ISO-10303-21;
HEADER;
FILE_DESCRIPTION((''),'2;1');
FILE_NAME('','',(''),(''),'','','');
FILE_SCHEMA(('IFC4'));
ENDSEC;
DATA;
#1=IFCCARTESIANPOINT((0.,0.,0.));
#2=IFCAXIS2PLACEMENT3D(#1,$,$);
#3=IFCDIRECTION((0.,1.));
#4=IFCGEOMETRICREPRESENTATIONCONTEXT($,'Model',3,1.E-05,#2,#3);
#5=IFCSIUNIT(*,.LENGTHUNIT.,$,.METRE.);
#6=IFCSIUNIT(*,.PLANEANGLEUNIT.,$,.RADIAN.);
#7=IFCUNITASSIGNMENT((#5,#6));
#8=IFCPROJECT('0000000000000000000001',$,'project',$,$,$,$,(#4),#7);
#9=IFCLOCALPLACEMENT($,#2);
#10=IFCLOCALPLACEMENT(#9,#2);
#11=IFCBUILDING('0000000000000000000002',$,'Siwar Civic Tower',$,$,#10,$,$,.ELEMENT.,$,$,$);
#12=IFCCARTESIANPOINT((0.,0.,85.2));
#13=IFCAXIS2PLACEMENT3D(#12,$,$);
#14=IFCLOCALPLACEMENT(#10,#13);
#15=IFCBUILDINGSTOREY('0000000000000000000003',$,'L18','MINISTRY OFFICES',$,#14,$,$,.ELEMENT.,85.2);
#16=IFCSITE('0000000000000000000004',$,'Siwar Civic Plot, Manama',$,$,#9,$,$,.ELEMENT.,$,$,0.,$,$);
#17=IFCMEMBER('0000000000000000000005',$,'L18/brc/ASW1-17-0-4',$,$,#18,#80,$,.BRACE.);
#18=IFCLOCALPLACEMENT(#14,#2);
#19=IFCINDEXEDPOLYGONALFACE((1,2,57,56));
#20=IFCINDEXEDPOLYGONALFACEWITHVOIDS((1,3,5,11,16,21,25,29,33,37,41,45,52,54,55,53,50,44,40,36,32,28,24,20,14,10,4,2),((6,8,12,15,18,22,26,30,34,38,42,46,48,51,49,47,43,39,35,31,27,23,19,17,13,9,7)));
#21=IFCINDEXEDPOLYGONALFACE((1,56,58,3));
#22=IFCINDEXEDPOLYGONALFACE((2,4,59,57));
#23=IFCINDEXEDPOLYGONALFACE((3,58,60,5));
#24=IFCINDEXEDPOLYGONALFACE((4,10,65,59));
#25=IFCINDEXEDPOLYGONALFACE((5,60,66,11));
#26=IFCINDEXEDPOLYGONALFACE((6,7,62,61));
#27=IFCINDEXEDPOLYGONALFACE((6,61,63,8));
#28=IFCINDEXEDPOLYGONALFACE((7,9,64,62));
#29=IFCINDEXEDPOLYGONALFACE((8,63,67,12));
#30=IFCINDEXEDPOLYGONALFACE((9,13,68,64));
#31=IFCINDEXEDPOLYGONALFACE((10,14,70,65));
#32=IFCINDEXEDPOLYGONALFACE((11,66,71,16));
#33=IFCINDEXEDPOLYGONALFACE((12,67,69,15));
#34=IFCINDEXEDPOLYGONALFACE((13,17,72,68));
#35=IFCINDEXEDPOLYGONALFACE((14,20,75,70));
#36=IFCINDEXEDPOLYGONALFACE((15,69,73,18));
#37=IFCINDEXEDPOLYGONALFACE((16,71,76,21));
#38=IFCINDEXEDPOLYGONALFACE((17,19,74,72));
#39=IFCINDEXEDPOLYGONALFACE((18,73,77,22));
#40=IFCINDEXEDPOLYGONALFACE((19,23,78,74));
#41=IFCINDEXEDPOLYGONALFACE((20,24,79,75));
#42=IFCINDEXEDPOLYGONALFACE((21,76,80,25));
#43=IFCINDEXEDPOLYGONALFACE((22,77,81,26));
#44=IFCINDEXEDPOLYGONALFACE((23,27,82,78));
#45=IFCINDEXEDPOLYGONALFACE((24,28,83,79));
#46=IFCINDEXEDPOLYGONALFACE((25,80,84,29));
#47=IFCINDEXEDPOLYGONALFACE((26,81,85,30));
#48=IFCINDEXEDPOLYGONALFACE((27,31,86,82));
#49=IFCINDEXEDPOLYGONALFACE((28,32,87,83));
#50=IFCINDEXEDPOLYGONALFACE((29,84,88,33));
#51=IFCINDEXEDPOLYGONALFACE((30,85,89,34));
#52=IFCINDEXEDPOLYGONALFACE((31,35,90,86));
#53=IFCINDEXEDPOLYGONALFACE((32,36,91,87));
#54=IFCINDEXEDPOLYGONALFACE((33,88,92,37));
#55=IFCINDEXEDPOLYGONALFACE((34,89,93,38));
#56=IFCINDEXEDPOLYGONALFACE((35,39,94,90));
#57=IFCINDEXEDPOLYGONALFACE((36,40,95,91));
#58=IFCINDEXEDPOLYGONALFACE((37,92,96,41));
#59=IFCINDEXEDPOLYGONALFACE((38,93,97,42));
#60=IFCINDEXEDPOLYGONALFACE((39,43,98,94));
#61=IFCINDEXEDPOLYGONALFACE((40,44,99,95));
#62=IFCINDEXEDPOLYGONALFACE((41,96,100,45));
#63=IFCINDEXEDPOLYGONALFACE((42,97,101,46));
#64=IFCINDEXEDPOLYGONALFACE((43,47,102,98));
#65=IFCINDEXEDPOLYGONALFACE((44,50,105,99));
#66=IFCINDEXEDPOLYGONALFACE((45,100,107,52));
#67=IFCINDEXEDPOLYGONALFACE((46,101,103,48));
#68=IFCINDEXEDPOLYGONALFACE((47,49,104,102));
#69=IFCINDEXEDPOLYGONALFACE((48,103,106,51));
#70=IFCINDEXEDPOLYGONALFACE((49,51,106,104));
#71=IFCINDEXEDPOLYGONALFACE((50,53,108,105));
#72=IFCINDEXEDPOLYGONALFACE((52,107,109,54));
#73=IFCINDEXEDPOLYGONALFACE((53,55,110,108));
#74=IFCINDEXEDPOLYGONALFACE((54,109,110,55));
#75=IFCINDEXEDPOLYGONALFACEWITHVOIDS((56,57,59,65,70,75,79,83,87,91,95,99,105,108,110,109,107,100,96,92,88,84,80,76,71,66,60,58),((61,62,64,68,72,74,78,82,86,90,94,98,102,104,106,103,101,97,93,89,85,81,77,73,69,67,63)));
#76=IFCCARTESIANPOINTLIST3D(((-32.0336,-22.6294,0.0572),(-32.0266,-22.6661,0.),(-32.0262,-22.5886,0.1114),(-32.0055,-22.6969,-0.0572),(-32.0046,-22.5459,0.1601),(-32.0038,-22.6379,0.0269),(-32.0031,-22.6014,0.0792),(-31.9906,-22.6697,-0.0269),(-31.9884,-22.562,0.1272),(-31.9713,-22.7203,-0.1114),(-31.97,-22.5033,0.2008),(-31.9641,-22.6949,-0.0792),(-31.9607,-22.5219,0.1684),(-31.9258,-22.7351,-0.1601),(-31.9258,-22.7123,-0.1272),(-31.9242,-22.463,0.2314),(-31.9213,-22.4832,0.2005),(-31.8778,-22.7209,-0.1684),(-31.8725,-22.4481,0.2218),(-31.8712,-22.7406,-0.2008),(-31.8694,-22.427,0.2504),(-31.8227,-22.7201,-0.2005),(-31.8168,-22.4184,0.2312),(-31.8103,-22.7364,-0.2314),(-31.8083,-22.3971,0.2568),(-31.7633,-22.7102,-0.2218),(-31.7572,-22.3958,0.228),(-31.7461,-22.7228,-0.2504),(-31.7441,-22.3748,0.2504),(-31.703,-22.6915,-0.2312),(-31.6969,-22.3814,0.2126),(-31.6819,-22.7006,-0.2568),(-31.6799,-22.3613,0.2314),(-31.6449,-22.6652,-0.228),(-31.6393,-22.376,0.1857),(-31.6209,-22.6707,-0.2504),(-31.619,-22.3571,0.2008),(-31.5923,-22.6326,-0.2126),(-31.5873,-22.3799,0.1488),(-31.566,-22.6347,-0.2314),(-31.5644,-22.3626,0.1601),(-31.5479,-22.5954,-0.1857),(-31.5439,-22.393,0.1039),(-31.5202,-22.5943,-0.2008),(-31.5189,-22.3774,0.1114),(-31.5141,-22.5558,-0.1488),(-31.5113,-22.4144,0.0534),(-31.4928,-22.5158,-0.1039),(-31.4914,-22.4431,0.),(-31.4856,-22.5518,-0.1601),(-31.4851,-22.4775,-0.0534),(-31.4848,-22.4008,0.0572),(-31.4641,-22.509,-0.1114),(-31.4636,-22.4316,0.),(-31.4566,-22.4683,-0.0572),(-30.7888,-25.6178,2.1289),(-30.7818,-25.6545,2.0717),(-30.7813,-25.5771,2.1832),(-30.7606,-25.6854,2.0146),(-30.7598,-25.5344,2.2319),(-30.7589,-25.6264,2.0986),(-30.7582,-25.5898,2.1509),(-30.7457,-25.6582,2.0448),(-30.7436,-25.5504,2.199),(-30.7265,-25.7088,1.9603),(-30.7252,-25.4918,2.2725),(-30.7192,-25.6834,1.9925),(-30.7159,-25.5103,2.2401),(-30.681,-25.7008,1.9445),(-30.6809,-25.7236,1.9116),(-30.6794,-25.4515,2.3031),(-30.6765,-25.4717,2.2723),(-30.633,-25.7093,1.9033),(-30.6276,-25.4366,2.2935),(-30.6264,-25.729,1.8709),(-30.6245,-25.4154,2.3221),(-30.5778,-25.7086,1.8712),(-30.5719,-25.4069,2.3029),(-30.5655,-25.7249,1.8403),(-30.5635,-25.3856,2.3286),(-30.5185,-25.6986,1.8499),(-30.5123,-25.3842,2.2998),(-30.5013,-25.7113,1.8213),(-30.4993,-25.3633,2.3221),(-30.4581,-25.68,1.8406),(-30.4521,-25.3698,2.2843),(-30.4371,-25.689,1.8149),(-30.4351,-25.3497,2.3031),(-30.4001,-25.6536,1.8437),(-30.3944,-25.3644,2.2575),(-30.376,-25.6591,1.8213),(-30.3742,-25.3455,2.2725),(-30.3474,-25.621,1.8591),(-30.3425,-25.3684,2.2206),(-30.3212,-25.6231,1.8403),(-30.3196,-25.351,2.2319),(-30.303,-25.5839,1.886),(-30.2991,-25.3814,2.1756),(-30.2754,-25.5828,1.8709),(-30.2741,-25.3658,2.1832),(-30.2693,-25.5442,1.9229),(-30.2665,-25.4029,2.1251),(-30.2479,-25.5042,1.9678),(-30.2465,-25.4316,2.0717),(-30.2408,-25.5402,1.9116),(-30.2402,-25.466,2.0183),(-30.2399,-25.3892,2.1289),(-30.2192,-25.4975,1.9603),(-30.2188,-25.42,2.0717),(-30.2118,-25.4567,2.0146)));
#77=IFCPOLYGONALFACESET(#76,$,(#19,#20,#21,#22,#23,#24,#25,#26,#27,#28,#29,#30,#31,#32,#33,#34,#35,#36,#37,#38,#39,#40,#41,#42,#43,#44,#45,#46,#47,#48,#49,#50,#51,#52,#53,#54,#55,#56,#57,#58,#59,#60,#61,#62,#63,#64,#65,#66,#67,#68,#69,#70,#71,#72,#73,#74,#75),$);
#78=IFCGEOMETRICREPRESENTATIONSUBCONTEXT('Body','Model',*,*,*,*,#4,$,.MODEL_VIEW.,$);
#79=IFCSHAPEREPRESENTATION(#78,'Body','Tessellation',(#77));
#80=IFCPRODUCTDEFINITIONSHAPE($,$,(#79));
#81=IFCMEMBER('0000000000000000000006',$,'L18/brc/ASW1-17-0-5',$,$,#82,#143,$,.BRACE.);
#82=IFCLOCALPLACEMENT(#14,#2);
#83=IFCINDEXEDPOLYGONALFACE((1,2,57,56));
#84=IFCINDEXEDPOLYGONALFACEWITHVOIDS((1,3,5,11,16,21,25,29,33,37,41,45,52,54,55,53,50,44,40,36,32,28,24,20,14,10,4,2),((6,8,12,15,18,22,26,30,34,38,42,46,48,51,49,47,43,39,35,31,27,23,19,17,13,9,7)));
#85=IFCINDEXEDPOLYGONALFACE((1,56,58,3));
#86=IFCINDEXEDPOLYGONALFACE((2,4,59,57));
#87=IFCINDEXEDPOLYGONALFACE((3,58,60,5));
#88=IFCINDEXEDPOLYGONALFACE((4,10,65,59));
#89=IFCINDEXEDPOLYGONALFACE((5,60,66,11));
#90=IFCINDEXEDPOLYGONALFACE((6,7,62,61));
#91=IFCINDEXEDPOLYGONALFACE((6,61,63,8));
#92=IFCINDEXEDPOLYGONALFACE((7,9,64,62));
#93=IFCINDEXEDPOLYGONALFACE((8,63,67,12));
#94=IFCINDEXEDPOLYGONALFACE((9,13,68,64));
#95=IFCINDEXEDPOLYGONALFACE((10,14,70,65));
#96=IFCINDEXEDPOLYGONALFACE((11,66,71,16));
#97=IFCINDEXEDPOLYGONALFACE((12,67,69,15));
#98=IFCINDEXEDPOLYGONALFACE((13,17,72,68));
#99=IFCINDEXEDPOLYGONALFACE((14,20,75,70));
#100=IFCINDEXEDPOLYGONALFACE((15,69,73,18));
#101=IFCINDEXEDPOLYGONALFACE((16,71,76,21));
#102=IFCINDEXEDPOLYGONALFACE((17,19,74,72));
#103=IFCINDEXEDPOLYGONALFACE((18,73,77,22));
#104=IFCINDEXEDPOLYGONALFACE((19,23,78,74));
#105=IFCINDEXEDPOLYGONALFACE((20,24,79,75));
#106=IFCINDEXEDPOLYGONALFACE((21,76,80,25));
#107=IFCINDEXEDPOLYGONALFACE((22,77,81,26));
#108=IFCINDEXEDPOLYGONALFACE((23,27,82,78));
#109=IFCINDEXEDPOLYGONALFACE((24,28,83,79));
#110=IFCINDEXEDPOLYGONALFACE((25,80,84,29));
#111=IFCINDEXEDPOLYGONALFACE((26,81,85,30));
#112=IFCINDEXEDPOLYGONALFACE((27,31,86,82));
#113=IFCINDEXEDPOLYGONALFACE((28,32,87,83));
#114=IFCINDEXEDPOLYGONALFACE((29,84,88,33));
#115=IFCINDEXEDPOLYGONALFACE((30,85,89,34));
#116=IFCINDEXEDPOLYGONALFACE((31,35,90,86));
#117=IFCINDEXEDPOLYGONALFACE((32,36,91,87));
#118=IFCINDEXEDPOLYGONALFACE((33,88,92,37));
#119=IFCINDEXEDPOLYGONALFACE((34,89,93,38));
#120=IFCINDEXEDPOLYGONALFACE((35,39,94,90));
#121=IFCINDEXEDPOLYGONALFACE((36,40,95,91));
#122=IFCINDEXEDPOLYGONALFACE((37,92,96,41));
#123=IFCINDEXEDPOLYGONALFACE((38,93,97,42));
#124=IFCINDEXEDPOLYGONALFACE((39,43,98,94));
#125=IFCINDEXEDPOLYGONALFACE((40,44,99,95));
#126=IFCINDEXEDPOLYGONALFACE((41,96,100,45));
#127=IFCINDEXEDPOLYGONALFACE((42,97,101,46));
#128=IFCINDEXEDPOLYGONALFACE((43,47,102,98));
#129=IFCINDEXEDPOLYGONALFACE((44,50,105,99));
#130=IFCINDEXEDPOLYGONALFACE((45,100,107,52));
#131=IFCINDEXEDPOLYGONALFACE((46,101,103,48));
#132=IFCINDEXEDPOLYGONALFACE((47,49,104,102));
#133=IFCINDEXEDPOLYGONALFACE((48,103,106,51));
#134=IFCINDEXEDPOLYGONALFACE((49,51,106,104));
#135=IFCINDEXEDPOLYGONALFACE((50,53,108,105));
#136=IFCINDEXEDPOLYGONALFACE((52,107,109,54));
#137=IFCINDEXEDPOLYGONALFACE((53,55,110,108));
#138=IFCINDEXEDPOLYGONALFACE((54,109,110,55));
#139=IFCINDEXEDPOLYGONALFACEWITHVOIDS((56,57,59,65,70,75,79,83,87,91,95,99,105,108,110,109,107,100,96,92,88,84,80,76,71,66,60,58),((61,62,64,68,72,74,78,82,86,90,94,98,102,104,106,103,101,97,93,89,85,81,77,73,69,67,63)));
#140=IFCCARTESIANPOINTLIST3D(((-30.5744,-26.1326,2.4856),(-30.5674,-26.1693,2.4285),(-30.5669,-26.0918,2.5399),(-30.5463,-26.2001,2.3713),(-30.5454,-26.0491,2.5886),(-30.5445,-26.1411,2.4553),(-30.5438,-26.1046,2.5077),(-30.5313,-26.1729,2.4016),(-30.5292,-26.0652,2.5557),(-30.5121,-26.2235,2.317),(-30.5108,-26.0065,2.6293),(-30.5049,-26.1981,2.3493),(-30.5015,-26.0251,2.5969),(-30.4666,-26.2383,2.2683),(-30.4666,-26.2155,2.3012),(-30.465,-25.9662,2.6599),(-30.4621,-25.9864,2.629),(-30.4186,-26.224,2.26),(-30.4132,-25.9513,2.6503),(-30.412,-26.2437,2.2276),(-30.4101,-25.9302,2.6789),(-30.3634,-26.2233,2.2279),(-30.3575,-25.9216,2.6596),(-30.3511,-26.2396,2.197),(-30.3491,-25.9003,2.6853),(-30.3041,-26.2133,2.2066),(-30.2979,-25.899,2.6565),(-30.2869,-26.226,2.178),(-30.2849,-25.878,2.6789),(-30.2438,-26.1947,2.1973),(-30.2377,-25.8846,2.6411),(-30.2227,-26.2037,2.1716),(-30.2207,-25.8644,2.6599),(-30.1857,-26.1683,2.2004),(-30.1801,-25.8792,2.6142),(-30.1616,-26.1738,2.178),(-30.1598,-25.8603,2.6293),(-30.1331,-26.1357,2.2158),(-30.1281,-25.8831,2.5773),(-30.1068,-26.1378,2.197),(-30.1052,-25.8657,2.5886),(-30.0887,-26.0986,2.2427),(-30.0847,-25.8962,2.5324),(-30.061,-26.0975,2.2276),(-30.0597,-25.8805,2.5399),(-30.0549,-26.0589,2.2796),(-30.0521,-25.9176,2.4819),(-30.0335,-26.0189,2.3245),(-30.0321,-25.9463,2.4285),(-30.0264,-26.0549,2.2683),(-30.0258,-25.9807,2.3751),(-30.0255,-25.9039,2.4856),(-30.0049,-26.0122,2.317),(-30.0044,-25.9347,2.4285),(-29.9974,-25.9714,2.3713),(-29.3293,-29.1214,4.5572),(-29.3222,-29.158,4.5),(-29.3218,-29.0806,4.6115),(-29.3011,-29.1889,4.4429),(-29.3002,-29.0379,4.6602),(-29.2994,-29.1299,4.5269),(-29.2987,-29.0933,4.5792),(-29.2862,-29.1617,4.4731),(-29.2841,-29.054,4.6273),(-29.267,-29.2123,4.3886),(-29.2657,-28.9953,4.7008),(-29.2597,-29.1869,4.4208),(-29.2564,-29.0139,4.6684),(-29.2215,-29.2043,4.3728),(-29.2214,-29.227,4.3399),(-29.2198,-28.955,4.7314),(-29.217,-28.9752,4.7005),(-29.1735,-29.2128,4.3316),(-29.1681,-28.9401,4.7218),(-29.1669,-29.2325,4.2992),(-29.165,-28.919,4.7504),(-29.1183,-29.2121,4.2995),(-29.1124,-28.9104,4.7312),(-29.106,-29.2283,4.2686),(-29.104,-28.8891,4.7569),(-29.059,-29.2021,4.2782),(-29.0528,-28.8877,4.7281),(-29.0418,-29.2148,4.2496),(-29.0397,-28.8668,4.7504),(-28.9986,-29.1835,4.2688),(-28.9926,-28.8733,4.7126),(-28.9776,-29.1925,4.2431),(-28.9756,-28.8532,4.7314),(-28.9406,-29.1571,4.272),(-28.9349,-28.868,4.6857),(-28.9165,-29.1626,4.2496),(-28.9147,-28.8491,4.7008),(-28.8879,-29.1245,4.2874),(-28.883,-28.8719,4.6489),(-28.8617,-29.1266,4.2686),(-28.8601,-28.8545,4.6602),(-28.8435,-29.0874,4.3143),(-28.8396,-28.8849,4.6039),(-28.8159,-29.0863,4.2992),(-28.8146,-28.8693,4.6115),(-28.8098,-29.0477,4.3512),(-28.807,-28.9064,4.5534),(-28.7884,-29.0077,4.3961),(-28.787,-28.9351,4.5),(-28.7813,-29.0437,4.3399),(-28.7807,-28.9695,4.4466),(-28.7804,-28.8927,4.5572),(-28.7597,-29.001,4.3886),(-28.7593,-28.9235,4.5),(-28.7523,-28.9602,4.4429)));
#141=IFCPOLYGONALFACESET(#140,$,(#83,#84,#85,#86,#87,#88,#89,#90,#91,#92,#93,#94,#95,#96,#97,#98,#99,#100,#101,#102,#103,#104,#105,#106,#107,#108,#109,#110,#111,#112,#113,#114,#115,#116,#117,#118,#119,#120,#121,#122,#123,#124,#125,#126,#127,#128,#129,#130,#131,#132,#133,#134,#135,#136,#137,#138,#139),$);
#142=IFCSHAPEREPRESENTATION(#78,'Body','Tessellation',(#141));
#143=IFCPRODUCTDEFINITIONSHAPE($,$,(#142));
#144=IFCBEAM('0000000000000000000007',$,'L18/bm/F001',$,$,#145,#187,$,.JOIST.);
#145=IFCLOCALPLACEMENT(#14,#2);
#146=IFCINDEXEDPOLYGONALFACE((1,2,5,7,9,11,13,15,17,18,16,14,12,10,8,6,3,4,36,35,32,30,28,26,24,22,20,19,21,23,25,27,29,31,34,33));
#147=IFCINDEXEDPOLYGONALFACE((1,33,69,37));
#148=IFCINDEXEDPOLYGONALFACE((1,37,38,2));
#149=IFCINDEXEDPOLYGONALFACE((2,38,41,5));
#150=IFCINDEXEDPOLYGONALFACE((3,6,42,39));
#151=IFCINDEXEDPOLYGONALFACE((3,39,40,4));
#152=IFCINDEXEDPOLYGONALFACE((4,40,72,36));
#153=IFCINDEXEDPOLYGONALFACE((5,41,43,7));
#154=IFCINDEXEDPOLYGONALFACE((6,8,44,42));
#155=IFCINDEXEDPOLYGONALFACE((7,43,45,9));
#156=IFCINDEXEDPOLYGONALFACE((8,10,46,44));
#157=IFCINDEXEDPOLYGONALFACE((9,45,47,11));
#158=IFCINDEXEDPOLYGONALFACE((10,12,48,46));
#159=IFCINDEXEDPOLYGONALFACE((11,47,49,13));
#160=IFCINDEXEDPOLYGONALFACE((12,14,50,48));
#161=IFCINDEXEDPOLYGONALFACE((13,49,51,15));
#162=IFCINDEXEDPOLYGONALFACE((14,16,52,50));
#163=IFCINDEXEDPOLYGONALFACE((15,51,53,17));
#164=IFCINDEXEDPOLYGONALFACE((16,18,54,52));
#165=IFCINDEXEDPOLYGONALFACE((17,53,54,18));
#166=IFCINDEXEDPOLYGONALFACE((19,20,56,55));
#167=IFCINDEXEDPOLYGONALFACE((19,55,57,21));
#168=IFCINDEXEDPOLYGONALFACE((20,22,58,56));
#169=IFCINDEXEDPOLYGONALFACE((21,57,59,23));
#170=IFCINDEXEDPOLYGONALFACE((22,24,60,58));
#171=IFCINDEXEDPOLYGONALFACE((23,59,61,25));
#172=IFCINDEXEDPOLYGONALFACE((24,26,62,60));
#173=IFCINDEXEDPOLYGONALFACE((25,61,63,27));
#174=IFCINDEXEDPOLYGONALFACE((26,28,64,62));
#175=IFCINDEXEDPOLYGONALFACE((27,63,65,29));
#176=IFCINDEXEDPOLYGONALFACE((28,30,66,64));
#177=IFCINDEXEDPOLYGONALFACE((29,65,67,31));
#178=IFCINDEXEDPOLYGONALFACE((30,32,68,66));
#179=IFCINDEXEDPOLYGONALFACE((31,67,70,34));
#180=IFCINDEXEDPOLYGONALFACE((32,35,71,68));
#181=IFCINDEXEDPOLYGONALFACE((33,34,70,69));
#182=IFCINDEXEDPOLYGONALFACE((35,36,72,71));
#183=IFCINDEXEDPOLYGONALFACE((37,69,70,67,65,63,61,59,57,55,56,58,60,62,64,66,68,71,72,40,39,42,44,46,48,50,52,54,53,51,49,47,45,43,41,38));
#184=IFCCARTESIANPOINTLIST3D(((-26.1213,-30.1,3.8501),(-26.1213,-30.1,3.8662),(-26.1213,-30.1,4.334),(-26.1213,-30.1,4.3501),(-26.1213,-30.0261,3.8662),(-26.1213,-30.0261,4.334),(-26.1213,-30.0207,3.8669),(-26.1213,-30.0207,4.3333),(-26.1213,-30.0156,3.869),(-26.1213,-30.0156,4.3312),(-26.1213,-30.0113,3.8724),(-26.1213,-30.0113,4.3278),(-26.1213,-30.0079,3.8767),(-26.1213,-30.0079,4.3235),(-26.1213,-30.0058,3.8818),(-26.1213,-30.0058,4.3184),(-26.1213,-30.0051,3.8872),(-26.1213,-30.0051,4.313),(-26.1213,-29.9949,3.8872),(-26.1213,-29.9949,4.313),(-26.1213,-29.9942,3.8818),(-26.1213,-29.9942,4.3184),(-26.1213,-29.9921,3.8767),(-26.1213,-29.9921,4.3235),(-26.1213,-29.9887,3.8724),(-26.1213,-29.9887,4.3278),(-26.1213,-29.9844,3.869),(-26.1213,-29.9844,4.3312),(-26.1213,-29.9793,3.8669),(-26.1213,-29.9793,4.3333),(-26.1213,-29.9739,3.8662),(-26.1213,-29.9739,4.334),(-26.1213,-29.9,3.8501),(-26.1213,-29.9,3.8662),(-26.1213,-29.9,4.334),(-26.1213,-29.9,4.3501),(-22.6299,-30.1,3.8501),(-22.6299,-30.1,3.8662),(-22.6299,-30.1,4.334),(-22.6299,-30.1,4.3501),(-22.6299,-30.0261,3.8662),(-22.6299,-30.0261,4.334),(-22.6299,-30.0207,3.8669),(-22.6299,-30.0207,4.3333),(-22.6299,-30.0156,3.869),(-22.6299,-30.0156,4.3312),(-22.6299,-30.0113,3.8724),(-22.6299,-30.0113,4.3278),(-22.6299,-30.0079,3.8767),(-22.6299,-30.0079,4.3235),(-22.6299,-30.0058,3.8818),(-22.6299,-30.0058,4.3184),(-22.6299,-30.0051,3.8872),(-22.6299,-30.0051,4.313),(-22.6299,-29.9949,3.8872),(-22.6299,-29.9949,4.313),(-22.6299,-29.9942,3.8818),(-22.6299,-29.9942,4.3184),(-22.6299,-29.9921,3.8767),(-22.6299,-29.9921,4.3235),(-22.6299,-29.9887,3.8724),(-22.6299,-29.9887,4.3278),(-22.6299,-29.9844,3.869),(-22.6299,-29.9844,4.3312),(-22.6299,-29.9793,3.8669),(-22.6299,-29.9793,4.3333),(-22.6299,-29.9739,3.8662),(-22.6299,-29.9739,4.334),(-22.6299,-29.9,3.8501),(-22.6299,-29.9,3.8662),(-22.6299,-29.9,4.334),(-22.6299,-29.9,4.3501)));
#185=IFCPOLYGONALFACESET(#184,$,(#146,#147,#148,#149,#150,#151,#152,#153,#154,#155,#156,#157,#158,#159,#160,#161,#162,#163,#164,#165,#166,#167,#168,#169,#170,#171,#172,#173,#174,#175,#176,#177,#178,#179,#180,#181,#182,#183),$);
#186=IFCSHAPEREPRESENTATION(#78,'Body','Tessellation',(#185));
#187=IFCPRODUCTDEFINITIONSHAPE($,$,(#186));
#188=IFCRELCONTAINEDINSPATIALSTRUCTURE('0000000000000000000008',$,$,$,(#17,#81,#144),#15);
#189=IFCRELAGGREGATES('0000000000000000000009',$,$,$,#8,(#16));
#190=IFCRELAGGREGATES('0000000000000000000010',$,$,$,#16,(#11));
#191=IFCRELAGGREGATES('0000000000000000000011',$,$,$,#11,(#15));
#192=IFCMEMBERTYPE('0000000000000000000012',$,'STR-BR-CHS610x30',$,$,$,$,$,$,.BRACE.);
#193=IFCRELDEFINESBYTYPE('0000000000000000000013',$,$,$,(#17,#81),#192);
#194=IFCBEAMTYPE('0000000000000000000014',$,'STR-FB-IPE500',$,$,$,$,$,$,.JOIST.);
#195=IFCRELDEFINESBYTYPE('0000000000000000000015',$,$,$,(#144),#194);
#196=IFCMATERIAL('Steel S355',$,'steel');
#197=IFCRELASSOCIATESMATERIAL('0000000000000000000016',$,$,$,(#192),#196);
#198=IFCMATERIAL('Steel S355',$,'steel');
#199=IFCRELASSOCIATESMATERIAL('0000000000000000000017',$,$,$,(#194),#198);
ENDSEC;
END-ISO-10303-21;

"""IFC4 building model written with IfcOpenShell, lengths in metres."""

from ifc_helpers import new_model, si_unit, direction, frame, origin, origin_2d, place, context, subcontext, project, spatial, hollow_circle, i_section, extrude, material, material_profile, profile_set, type_object, element, save


model = new_model("IFC4")

# Units and contexts
model_context = context("Model", 3, precision=1e-05, world=origin(), true_north=direction((0.0, 1.0)))
body_context = subcontext(model_context, "Body", "Model", "MODEL_VIEW")
ifc_project = project(units=[si_unit("LENGTHUNIT", "METRE"), si_unit("PLANEANGLEUNIT", "RADIAN")], contexts=[model_context])

# Site, building, storey
site_placement = place(None, origin())
site = spatial("IfcSite", under=ifc_project, at=site_placement, Name="Siwar Civic Plot, Manama", CompositionType="ELEMENT", RefElevation=0.0)
building_placement = place(site_placement, origin())
building = spatial("IfcBuilding", under=site, at=building_placement, Name="Siwar Civic Tower", CompositionType="ELEMENT")
storey_placement = place(building_placement, frame((0.0, 0.0, 85.2)))
storey = spatial("IfcBuildingStorey", under=building, at=storey_placement, Name="L18", Description="MINISTRY OFFICES", CompositionType="ELEMENT", Elevation=85.2)

# Members
ifc_material_1 = material(Name="Steel S355", Category="steel")
ifc_material_profile_1 = material_profile(ifc_material_1, hollow_circle(Radius=0.3049, WallThickness=0.03, at=origin_2d()), Name="CHS610x30")
ifc_profile_set_1 = profile_set([ifc_material_profile_1], Name="Steel S355")
member_type_1 = type_object("IfcMemberType", Name="STR-BR-CHS610x30", PredefinedType="BRACE", material=ifc_profile_set_1)
member_1_placement = place(storey_placement, frame((-31.7451, -22.5488, 0.0), z_axis=(0.323882, -0.777533, 0.53902), x_axis=(0.923115, 0.384524, 0.0)))
element("IfcMember", 1, at=member_1_placement, inside=storey, type_object=member_type_1, Name="L18/brc/ASW1-17-0-4", PredefinedType="BRACE", context=body_context, shape_type="SweptSolid", body=[
    extrude(hollow_circle(Radius=0.3049, WallThickness=0.03, at=origin_2d()), origin(), (0.0, 0.0, 1.0), 3.8435),
])
member_2_placement = place(storey_placement, frame((-30.2859, -26.052, 2.4285), z_axis=(0.323934, -0.777569, 0.538937), x_axis=(0.923099, 0.384562, 0.0)))
element("IfcMember", 2, at=member_2_placement, inside=storey, type_object=member_type_1, Name="L18/brc/ASW1-17-0-5", PredefinedType="BRACE", context=body_context, shape_type="SweptSolid", body=[
    extrude(hollow_circle(Radius=0.3049, WallThickness=0.03, at=origin_2d()), origin(), (0.0, 0.0, 1.0), 3.8438),
])

# Beam
ifc_material_2 = material(Name="Steel S355", Category="steel")
ifc_material_profile_2 = material_profile(ifc_material_2, i_section(OverallWidth=0.2, OverallDepth=0.5, WebThickness=0.0103, FlangeThickness=0.0161, FilletRadius=0.021, at=origin_2d()), Name="IPE500")
ifc_profile_set_2 = profile_set([ifc_material_profile_2], Name="Steel S355")
beam_type_1 = type_object("IfcBeamType", Name="STR-FB-IPE500", PredefinedType="JOIST", material=ifc_profile_set_2)
beam_1_placement = place(storey_placement, frame((-26.1213, -30.0, 4.1001), z_axis=(1.0, 0.0, 0.0), x_axis=(0.0, 1.0, 0.0)))
element("IfcBeam", 3, at=beam_1_placement, inside=storey, type_object=beam_type_1, Name="L18/bm/F001", PredefinedType="JOIST", context=body_context, shape_type="SweptSolid", body=[
    extrude(i_section(OverallWidth=0.2, OverallDepth=0.5, WebThickness=0.0103, FlangeThickness=0.0161, FilletRadius=0.021, at=origin_2d()), origin(), (0.0, 0.0, 1.0), 3.4915),
])

save(model, "model.ifc")
